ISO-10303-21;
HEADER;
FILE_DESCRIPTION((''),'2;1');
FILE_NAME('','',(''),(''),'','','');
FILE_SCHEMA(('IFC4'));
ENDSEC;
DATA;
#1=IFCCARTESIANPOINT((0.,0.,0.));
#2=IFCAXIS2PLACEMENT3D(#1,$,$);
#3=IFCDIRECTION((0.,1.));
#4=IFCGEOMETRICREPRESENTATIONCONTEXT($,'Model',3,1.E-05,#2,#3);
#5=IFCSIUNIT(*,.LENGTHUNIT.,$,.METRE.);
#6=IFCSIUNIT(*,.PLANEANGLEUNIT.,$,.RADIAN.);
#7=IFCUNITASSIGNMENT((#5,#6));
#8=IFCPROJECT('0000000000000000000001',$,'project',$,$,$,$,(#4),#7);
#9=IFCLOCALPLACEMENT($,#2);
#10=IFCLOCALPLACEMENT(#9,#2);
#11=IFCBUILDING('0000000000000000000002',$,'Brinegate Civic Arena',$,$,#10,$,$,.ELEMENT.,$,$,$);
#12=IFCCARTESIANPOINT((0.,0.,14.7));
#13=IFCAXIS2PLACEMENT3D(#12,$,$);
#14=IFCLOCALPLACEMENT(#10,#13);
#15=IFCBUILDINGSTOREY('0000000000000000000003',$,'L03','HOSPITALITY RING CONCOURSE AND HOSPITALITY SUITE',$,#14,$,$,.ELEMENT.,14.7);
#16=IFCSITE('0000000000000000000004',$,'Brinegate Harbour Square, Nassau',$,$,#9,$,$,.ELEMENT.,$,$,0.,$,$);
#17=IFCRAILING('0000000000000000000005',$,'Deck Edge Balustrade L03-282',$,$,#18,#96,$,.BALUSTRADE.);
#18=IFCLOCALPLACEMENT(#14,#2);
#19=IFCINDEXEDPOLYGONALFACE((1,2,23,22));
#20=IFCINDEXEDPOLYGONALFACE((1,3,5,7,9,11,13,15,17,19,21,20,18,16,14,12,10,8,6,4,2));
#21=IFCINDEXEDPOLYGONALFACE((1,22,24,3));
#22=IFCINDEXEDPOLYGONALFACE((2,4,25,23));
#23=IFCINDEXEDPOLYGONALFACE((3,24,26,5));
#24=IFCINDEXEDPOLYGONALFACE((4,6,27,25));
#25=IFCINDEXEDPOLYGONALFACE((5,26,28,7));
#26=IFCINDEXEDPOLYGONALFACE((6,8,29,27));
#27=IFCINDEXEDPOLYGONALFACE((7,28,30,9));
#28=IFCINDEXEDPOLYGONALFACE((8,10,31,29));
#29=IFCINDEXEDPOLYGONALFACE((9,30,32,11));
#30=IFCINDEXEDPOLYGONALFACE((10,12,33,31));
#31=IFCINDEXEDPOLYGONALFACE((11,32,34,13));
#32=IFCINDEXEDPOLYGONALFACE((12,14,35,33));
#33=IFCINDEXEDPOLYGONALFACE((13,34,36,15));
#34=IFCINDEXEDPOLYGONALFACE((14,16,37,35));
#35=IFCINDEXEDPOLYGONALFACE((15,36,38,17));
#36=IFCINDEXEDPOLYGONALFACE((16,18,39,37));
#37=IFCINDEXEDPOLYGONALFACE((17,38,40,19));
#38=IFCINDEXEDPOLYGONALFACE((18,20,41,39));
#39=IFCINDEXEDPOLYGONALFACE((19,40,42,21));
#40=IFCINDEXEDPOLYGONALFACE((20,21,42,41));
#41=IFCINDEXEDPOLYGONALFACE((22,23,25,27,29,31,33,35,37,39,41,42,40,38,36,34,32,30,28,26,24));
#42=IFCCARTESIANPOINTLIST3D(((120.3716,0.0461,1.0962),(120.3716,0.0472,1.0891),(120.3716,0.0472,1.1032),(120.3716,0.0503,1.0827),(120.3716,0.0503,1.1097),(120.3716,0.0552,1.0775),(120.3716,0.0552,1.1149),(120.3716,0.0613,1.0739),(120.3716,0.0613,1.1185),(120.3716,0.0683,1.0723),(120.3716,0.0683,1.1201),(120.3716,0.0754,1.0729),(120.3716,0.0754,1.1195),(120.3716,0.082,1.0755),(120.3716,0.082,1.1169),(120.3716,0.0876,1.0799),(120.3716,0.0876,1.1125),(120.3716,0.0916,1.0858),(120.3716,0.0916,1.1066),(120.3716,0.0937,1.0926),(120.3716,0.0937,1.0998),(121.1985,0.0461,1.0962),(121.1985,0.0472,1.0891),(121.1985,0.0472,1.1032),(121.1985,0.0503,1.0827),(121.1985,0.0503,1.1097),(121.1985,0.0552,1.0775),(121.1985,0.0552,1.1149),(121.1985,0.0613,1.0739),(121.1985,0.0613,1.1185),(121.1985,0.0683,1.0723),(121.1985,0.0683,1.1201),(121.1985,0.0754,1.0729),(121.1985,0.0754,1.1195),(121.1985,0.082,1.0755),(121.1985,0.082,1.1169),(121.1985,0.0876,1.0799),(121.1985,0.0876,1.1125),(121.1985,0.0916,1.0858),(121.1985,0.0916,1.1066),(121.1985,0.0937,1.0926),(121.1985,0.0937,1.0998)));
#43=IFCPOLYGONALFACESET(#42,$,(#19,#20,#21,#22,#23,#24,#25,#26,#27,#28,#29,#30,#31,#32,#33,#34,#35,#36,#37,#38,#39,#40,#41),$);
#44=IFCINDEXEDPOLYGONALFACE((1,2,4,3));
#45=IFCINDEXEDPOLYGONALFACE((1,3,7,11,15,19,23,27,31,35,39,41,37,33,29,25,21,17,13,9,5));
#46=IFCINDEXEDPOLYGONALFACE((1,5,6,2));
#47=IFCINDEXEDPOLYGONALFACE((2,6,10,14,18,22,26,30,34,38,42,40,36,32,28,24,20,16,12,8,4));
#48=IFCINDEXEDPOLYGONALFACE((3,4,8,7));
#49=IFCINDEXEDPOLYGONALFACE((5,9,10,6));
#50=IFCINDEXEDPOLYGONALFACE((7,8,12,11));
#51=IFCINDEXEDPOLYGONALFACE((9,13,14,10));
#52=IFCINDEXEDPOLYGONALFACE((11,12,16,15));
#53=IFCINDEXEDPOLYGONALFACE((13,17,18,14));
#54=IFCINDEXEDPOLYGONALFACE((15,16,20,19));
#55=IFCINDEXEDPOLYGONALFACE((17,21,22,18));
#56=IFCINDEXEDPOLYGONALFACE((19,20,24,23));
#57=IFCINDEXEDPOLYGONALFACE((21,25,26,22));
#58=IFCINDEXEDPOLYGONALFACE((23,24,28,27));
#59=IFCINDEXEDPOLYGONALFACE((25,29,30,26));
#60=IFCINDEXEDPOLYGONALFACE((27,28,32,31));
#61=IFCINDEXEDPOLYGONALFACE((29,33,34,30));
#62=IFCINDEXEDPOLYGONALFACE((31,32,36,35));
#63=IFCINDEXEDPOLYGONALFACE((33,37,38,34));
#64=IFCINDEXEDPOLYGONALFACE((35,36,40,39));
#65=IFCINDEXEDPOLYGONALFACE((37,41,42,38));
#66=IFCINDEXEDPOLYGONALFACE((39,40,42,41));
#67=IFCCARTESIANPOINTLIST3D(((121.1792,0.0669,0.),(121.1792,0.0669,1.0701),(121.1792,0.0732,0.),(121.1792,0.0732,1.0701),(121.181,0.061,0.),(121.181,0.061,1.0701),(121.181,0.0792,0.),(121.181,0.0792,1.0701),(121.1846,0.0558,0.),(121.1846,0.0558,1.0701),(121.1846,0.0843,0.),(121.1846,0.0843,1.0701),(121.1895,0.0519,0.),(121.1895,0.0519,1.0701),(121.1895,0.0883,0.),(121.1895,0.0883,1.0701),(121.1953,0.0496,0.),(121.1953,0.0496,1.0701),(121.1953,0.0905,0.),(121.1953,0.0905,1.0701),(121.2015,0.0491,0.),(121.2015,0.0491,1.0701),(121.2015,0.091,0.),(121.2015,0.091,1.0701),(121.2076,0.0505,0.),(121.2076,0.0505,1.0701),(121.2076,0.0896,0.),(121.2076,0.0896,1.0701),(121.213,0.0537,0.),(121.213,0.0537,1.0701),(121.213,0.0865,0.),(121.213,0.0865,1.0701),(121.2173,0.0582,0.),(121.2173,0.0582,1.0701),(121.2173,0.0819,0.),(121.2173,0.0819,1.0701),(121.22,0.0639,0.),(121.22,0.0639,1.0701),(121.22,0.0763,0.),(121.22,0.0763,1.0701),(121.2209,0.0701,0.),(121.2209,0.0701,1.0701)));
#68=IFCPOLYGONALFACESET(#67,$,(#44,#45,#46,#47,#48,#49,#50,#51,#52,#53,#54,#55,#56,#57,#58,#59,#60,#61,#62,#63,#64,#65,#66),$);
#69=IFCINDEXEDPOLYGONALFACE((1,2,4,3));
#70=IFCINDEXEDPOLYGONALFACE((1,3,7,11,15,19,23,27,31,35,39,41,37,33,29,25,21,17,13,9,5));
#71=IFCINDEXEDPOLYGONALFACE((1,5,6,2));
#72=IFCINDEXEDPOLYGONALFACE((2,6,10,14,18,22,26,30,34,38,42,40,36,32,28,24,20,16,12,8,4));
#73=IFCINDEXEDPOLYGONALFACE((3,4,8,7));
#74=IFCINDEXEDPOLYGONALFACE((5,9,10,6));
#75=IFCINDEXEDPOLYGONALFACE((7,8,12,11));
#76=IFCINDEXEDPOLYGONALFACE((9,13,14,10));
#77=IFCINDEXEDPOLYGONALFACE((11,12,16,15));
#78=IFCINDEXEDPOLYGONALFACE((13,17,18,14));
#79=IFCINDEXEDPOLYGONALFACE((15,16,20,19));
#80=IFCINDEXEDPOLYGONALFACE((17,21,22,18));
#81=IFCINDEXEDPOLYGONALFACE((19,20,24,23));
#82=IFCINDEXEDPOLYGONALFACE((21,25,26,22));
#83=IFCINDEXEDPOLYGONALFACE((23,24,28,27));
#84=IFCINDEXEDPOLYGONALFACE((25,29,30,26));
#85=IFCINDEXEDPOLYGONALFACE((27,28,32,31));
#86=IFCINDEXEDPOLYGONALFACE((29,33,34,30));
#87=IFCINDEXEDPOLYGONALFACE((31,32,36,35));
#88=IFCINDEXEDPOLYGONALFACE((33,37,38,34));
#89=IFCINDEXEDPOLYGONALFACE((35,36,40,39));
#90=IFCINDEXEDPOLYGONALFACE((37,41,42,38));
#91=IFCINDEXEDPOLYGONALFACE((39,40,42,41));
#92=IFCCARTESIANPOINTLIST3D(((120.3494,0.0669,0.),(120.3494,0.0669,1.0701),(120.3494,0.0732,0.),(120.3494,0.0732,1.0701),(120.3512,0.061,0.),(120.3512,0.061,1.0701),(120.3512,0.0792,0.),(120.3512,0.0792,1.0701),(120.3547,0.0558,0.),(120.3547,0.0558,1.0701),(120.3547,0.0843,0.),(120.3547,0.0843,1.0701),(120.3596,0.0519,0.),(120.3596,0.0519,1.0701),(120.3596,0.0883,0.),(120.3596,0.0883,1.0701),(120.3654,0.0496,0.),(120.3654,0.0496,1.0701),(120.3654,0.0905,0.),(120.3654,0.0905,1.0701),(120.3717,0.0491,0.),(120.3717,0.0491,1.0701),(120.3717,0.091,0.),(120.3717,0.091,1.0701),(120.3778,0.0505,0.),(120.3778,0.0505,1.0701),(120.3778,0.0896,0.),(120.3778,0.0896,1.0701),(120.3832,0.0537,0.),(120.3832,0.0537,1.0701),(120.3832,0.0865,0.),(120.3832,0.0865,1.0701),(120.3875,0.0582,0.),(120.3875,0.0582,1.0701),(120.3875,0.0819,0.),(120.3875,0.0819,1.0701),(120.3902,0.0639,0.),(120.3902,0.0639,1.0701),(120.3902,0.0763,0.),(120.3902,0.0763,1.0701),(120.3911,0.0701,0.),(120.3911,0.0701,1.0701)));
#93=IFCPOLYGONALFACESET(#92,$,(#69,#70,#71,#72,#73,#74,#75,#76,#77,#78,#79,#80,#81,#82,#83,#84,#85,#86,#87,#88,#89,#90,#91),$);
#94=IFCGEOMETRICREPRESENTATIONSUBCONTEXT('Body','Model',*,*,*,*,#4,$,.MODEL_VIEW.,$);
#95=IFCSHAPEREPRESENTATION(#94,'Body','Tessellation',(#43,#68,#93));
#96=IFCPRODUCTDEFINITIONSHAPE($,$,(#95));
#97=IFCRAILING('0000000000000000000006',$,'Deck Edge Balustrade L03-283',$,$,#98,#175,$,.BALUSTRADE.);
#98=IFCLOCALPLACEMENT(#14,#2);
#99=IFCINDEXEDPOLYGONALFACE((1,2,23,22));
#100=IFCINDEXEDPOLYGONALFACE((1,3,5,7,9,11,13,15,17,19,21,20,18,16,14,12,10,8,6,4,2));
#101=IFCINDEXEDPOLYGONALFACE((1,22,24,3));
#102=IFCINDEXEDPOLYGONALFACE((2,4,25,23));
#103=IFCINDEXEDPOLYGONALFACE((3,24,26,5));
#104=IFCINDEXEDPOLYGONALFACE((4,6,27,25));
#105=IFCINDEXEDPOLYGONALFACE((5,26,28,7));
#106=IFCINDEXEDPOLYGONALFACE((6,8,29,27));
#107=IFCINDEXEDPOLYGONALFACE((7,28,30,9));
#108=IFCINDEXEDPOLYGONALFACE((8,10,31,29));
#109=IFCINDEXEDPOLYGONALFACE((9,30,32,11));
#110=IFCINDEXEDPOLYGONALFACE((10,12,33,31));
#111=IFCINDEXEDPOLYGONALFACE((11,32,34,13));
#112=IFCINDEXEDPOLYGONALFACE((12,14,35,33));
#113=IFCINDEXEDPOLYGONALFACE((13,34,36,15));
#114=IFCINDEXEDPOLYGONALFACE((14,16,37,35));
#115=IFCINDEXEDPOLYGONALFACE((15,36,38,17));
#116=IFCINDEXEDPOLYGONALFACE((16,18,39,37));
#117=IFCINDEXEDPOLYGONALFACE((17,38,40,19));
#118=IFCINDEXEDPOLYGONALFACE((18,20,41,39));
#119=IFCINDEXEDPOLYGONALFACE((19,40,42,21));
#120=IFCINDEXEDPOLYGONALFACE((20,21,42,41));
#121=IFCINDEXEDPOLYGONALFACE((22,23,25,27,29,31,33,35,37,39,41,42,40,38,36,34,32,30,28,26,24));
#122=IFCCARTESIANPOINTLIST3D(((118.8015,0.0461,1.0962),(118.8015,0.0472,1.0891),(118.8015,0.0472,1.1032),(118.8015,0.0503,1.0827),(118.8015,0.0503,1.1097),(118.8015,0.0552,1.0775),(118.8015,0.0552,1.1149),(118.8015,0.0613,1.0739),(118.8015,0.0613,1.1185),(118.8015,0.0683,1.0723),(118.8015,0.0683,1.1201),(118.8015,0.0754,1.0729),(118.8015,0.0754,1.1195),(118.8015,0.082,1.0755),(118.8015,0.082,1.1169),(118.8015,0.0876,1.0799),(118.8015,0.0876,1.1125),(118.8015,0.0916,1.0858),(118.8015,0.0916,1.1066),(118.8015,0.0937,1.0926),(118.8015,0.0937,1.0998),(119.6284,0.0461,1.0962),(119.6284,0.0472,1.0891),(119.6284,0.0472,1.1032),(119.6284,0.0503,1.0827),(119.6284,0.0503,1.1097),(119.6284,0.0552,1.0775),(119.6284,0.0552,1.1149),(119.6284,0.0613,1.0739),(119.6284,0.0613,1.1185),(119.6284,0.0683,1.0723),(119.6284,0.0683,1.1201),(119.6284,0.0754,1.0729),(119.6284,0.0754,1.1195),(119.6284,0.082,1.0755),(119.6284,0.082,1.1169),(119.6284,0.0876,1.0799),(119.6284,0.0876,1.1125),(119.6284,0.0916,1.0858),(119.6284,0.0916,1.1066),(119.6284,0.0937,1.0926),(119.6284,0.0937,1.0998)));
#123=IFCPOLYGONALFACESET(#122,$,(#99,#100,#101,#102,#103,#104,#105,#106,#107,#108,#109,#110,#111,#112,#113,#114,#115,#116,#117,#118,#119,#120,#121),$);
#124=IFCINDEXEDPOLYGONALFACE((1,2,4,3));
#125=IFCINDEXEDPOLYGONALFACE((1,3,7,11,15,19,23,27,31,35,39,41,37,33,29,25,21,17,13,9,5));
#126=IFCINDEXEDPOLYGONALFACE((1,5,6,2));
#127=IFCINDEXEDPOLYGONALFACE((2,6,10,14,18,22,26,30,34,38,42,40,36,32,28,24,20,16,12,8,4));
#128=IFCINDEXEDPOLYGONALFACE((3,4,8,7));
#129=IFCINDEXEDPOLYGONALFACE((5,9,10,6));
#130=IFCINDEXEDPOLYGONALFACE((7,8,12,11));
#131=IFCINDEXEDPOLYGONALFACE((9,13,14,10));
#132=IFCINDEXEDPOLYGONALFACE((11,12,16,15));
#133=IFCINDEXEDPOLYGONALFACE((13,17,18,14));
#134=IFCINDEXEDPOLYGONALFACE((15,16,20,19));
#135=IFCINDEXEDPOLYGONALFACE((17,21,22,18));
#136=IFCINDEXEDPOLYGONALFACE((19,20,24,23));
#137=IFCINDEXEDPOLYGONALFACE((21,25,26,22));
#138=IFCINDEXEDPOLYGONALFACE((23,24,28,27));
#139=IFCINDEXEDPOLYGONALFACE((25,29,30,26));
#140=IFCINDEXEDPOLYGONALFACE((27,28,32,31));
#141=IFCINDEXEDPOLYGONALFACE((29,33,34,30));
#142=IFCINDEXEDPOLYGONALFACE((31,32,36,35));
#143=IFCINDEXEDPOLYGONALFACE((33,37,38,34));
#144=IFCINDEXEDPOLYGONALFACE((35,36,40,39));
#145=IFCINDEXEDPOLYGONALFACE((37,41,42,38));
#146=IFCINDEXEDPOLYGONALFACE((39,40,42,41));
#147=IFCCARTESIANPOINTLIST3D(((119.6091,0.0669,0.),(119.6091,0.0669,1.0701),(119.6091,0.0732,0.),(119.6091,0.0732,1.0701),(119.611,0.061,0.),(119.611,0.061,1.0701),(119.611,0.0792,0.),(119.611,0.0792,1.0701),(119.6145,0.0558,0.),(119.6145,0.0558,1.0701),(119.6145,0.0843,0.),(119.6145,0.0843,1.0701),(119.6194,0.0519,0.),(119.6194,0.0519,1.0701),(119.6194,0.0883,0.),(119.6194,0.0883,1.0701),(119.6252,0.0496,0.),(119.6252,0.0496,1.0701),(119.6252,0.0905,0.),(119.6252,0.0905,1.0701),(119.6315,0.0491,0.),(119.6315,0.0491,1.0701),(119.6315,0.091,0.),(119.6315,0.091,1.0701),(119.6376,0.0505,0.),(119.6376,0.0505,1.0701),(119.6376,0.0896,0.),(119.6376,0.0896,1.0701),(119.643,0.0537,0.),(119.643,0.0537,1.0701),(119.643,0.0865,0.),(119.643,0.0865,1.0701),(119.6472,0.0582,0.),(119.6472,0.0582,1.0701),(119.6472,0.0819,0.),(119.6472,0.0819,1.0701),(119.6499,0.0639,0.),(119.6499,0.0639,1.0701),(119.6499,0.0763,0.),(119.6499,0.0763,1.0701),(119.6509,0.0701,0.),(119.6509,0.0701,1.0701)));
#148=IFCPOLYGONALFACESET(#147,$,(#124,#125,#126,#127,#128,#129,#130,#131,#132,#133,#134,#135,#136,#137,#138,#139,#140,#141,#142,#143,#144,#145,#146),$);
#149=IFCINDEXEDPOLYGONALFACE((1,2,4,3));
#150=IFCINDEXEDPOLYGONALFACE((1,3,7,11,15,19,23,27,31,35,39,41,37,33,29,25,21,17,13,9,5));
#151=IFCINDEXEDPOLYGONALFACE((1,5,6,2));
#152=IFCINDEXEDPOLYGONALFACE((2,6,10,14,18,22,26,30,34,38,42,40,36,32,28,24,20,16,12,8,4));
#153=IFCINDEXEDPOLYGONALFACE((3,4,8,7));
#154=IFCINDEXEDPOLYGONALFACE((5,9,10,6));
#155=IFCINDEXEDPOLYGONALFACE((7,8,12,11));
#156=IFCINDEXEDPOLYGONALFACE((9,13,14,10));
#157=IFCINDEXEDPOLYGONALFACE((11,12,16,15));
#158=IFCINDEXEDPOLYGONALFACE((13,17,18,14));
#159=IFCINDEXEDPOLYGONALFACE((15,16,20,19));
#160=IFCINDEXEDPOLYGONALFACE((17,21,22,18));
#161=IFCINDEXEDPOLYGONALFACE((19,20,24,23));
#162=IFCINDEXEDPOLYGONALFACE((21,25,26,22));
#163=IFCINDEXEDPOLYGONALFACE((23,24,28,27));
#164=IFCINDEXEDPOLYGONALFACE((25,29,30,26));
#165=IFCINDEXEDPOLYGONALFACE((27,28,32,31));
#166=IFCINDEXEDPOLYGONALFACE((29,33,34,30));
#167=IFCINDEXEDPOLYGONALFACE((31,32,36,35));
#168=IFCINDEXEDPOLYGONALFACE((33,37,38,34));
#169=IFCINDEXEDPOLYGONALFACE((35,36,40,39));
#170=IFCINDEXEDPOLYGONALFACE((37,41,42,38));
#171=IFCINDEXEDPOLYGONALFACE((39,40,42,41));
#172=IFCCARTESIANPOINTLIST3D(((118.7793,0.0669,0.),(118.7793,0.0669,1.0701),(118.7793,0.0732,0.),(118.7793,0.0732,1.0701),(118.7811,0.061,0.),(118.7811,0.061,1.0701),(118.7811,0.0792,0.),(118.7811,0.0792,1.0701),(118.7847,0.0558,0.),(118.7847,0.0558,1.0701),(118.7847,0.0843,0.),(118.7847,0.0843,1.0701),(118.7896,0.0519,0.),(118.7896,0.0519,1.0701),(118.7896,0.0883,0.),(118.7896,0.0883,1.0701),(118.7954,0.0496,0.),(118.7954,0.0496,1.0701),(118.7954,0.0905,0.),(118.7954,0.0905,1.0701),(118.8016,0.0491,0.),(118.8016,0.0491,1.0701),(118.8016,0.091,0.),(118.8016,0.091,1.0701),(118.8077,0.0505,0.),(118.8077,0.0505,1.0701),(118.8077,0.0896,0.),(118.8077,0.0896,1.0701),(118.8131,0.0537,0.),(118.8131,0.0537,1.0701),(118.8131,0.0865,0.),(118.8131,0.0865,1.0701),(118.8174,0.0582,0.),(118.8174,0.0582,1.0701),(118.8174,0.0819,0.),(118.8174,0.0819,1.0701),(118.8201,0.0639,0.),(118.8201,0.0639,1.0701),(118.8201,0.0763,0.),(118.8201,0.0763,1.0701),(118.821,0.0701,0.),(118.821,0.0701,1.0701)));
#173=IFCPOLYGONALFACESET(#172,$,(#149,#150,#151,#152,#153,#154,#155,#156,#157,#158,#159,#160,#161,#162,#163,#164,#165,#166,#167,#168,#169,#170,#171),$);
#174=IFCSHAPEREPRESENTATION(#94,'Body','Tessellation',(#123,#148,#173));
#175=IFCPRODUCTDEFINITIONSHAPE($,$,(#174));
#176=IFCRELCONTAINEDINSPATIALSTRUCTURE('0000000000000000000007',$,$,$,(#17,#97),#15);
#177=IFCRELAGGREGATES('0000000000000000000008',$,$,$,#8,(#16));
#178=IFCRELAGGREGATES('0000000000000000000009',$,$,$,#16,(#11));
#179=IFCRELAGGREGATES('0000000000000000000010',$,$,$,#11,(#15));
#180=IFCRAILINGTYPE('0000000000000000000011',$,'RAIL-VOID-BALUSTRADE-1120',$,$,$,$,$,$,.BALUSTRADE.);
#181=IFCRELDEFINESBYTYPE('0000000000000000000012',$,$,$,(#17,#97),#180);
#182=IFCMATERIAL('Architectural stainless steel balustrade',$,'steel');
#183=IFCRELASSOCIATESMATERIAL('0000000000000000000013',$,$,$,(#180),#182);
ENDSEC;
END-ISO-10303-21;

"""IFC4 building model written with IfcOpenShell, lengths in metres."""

from ifc_helpers import new_model, si_unit, direction, frame, origin, origin_2d, place, context, subcontext, project, spatial, circle, extrude, material, type_object, element, save


model = new_model("IFC4")

# Units and contexts
model_context = context("Model", 3, precision=1e-05, world=origin(), true_north=direction((0.0, 1.0)))
body_context = subcontext(model_context, "Body", "Model", "MODEL_VIEW")
ifc_project = project(units=[si_unit("LENGTHUNIT", "METRE"), si_unit("PLANEANGLEUNIT", "RADIAN")], contexts=[model_context])

# Site, building, storey
site_placement = place(None, origin())
site = spatial("IfcSite", under=ifc_project, at=site_placement, Name="Brinegate Harbour Square, Nassau", CompositionType="ELEMENT", RefElevation=0.0)
building_placement = place(site_placement, origin())
building = spatial("IfcBuilding", under=site, at=building_placement, Name="Brinegate Civic Arena", CompositionType="ELEMENT")
storey_placement = place(building_placement, frame((0.0, 0.0, 14.7)))
storey = spatial("IfcBuildingStorey", under=building, at=storey_placement, Name="L03", Description="HOSPITALITY RING CONCOURSE AND HOSPITALITY SUITE", CompositionType="ELEMENT", Elevation=14.7)

# Railings
ifc_material_1 = material(Name="Architectural stainless steel balustrade", Category="steel")
railing_type = type_object("IfcRailingType", Name="RAIL-VOID-BALUSTRADE-1120", PredefinedType="BALUSTRADE", material=ifc_material_1)
for number, where, name in (
    (1, (121.2, 0.0701, 0.0), "Deck Edge Balustrade L03-282"),
    (2, (119.6299, 0.0701, 0.0), "Deck Edge Balustrade L03-283"),
):
    element("IfcRailing", number, at=place(storey_placement, frame(where)), inside=storey, type_object=railing_type, Name=name, PredefinedType="BALUSTRADE", context=body_context, shape_type="SweptSolid", body=[
        extrude(circle(Radius=0.0239, at=origin_2d()), frame((-0.0015, 0.0, 1.0962), z_axis=(-1.0, 0.0, 0.0), x_axis=(0.0, -1.0, 0.0)), (0.0, 0.0, 1.0), 0.8269),
        extrude(circle(Radius=0.021, at=origin_2d()), origin(), (0.0, 0.0, 1.0), 1.0701),
        extrude(circle(Radius=0.021, at=origin_2d()), frame((-0.8298, 0.0, 0.0)), (0.0, 0.0, 1.0), 1.0701),
    ])

save(model, "model.ifc")
